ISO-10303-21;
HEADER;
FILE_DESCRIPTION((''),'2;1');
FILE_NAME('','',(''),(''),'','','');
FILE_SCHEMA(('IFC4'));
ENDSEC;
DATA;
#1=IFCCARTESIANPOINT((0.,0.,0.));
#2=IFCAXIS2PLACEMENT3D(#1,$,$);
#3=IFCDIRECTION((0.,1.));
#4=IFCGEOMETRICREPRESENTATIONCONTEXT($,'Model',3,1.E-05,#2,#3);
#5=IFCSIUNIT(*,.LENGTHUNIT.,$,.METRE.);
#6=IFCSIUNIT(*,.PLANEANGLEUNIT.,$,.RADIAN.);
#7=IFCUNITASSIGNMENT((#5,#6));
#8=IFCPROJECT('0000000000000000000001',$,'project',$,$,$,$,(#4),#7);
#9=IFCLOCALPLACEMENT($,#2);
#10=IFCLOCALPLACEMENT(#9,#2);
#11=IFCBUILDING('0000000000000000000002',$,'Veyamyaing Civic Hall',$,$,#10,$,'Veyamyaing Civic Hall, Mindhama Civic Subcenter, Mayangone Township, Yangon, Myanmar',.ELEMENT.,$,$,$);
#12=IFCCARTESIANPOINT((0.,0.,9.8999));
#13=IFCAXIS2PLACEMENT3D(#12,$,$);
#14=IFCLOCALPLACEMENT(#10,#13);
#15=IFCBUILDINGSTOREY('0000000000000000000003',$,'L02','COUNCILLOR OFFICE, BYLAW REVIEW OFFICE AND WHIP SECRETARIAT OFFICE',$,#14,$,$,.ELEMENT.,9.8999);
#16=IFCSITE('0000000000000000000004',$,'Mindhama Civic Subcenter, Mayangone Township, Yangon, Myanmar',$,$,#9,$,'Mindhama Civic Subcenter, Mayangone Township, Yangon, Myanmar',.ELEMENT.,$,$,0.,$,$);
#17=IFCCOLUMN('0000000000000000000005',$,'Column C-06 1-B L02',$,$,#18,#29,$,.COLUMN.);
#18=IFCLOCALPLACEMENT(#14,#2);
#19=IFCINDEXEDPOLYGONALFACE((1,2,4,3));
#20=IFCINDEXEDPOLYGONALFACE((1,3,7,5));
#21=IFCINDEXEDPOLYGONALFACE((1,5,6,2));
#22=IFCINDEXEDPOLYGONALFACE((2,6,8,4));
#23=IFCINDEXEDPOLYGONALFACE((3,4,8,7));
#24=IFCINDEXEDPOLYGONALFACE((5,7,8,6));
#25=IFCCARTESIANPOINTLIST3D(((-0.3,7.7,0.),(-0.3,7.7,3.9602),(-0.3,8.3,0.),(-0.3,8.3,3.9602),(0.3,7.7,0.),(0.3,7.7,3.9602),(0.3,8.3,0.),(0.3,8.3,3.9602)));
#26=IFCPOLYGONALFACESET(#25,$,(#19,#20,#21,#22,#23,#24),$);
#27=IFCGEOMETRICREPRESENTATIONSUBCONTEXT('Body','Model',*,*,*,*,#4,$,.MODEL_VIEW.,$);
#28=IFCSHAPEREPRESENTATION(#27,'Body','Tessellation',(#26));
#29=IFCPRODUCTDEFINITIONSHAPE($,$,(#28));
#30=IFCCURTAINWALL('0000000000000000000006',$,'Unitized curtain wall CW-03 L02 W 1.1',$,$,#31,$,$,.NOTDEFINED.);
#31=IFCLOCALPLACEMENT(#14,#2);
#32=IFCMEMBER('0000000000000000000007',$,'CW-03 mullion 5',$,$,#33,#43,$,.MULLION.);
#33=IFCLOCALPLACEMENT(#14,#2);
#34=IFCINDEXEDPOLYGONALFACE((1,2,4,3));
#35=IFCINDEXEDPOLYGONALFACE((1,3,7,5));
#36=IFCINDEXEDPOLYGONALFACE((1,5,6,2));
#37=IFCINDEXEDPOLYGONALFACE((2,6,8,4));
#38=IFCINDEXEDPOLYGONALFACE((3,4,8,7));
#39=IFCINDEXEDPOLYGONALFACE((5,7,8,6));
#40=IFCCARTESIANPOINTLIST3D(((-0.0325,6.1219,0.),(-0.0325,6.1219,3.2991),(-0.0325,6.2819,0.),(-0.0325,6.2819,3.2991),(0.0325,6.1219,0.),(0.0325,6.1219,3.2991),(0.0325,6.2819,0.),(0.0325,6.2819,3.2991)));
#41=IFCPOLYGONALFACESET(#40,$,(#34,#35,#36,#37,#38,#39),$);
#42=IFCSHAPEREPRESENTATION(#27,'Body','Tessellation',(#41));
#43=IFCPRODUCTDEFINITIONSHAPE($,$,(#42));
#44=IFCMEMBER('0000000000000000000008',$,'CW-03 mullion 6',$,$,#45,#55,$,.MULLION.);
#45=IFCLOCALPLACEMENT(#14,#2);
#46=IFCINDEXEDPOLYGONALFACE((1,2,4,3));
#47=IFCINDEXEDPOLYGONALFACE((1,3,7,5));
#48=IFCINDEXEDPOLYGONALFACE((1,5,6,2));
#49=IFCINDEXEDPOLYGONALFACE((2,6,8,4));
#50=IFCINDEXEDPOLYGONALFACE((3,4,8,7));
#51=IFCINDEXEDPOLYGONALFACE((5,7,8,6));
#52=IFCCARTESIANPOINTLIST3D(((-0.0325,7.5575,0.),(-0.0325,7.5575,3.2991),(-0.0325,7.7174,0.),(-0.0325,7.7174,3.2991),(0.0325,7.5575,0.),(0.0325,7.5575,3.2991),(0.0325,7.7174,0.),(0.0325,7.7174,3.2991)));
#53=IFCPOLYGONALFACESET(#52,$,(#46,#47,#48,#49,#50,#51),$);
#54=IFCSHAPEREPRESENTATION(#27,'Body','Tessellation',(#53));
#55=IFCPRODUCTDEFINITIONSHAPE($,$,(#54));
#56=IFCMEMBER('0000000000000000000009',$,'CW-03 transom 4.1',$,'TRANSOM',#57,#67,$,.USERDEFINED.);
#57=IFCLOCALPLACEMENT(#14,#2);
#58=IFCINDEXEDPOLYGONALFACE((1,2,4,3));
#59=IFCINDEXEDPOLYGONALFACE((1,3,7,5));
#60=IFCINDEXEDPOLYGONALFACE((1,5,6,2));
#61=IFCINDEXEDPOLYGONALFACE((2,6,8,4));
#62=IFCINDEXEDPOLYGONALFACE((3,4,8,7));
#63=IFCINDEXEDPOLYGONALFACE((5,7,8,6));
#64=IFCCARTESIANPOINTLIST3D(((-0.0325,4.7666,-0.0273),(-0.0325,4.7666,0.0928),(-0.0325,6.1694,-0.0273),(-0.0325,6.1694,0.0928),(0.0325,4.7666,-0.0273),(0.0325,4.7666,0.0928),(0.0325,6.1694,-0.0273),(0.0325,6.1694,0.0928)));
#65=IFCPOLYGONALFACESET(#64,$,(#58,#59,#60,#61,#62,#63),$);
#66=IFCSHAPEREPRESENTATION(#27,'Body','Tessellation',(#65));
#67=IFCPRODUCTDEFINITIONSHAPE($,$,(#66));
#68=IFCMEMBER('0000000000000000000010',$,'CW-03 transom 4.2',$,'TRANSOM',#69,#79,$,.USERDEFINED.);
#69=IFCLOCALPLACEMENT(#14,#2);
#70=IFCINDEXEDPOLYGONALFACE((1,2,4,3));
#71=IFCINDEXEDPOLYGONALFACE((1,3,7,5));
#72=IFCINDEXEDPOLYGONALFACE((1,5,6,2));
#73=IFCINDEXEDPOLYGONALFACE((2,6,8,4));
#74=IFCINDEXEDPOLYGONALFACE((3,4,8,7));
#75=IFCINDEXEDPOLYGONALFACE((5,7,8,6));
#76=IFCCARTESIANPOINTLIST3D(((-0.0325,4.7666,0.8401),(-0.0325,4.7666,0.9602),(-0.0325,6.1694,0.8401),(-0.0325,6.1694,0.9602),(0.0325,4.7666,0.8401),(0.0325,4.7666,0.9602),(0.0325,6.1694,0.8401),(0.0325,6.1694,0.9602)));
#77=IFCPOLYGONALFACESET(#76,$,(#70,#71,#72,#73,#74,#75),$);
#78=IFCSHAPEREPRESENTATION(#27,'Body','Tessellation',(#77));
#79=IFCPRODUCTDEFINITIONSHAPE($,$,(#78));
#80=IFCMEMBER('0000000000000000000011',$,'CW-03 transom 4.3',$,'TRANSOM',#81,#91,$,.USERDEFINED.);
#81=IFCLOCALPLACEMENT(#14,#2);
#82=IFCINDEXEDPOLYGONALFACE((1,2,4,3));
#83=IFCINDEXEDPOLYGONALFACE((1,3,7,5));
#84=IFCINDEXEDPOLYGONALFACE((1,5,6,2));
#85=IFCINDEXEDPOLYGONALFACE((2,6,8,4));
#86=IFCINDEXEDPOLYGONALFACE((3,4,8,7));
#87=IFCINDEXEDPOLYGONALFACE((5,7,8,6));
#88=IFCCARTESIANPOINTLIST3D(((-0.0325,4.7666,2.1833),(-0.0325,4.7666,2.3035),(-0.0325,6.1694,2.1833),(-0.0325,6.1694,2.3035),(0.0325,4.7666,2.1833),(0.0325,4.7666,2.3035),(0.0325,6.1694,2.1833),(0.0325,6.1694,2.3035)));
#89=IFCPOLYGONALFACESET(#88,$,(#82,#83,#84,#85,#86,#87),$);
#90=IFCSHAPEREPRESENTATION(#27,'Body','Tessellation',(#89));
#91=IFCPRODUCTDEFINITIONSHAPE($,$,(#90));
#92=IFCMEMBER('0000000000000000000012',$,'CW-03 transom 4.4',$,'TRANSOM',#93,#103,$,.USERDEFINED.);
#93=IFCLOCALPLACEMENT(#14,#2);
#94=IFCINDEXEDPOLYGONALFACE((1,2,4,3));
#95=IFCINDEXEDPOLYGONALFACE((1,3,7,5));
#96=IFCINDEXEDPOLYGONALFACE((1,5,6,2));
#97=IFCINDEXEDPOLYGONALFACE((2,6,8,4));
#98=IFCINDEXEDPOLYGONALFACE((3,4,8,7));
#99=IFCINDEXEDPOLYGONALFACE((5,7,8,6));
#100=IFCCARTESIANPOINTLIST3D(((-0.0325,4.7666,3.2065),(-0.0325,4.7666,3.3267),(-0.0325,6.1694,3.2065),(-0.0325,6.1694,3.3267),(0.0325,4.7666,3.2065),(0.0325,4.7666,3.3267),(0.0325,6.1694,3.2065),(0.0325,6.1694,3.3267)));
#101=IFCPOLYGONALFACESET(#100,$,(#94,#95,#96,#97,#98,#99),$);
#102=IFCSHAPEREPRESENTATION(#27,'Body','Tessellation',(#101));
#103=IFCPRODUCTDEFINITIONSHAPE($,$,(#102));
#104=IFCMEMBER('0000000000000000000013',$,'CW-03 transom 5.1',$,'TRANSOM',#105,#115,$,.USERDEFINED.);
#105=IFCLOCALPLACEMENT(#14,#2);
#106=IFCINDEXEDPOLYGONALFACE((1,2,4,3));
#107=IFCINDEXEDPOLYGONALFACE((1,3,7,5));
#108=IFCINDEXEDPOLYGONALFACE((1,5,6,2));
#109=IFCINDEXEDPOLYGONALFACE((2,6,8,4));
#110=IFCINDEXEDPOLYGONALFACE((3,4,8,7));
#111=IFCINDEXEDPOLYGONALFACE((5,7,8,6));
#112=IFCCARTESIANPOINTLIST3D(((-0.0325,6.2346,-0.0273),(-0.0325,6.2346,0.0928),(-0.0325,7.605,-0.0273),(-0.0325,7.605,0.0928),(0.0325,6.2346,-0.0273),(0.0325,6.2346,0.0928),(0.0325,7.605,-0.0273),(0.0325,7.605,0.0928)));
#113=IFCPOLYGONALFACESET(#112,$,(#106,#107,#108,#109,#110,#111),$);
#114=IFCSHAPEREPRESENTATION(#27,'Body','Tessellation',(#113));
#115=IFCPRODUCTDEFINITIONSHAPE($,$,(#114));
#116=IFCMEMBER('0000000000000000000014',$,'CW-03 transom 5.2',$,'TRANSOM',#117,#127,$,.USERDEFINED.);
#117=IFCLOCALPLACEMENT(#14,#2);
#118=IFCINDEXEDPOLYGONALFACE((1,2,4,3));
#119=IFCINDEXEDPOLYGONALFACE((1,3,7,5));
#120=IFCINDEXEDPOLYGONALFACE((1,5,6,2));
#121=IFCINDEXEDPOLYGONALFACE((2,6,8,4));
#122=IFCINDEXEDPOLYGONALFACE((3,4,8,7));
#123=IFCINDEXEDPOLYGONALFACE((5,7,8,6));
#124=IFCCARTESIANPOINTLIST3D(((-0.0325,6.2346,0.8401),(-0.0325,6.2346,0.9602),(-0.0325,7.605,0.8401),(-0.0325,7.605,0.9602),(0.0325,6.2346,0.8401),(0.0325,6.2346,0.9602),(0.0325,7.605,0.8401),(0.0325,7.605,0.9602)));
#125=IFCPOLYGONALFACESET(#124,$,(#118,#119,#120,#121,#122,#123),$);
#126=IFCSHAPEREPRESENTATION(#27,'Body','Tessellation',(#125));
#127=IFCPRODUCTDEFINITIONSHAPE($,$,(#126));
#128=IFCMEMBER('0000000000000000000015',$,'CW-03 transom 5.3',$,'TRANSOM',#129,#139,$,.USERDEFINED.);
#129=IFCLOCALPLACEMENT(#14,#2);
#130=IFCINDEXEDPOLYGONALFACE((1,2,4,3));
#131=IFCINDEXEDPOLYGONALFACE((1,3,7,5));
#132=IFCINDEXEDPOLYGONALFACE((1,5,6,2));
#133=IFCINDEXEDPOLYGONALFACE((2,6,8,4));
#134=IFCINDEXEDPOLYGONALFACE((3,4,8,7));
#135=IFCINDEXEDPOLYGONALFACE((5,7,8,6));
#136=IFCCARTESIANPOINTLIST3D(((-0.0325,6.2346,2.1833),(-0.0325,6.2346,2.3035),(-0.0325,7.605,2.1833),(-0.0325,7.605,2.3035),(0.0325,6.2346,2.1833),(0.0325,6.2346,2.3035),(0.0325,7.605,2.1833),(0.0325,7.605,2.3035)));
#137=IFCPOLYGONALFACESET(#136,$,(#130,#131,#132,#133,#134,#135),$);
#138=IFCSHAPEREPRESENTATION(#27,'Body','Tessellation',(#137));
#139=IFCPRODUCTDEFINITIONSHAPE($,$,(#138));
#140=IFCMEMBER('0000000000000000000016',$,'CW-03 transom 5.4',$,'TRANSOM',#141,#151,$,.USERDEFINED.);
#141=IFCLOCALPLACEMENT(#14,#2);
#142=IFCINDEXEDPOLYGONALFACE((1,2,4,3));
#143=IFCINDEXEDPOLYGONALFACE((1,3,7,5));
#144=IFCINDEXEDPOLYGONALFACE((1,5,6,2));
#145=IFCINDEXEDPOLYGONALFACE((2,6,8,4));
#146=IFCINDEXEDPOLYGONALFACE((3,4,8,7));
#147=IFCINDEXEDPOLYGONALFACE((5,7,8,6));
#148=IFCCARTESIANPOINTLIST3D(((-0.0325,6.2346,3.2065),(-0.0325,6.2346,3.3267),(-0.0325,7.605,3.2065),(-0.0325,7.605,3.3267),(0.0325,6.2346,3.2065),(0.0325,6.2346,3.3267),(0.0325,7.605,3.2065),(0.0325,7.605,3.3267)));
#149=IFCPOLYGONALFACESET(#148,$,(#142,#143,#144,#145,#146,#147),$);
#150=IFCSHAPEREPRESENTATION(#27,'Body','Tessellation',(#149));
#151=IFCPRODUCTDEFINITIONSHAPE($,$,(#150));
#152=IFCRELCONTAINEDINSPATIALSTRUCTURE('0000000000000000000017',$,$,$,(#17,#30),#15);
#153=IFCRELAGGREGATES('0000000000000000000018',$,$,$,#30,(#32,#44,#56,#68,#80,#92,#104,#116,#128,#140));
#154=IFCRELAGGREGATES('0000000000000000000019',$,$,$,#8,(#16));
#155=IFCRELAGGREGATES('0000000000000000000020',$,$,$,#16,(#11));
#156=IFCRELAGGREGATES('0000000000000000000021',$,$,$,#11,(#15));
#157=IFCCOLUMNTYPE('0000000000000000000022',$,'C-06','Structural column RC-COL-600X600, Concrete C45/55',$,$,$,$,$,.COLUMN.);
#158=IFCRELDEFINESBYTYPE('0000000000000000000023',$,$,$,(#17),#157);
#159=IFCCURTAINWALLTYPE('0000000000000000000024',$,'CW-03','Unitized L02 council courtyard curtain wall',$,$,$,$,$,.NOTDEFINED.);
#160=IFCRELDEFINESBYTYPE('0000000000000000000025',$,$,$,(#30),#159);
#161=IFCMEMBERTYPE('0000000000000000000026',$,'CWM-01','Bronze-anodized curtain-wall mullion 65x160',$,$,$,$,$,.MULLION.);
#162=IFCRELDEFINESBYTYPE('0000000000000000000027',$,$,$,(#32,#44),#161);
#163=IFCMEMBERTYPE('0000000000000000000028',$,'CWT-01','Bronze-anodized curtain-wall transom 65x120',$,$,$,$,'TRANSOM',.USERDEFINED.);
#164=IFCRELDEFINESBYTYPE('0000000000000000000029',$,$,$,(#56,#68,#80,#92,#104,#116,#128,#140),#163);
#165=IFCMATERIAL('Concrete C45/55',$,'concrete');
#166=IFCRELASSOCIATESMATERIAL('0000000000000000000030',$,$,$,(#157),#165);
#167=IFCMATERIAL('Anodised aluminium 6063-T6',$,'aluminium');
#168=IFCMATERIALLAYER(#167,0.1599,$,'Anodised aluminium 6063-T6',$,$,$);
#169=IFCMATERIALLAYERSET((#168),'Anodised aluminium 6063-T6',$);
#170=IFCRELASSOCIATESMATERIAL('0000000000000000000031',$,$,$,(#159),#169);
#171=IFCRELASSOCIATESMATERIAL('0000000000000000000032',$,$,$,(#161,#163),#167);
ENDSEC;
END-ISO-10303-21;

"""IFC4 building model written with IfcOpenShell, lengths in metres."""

from ifc_helpers import new_model, si_unit, direction, frame, origin, origin_2d, place, context, subcontext, project, spatial, rectangle, extrude, material, layer, layer_set, material_profile, profile_set, type_object, element, aggregate, save


model = new_model("IFC4")

# Units and contexts
model_context = context("Model", 3, precision=1e-05, world=origin(), true_north=direction((0.0, 1.0)))
body_context = subcontext(model_context, "Body", "Model", "MODEL_VIEW")
ifc_project = project(units=[si_unit("LENGTHUNIT", "METRE"), si_unit("PLANEANGLEUNIT", "RADIAN")], contexts=[model_context])

# Site, building, storey
site_placement = place(None, origin())
site = spatial("IfcSite", under=ifc_project, at=site_placement, Name="Mindhama Civic Subcenter, Mayangone Township, Yangon, Myanmar", LongName="Mindhama Civic Subcenter, Mayangone Township, Yangon, Myanmar", CompositionType="ELEMENT", RefElevation=0.0)
building_placement = place(site_placement, origin())
building = spatial("IfcBuilding", under=site, at=building_placement, Name="Veyamyaing Civic Hall", LongName="Veyamyaing Civic Hall, Mindhama Civic Subcenter, Mayangone Township, Yangon, Myanmar", CompositionType="ELEMENT")
storey_placement = place(building_placement, frame((0.0, 0.0, 9.8999)))
storey = spatial("IfcBuildingStorey", under=building, at=storey_placement, Name="L02", Description="COUNCILLOR OFFICE, BYLAW REVIEW OFFICE AND WHIP SECRETARIAT OFFICE", CompositionType="ELEMENT", Elevation=9.8999)

# Column
ifc_material_1 = material(Name="Concrete C45/55", Category="concrete")
ifc_material_profile_1 = material_profile(ifc_material_1, rectangle(XDim=0.6001, YDim=0.6001, at=origin_2d()), Name="RC-COL-600X600")
ifc_profile_set_1 = profile_set([ifc_material_profile_1], Name="Concrete C45/55")
column_type = type_object("IfcColumnType", Name="C-06", Description="Structural column RC-COL-600X600, Concrete C45/55", PredefinedType="COLUMN", material=ifc_profile_set_1)
column_placement = place(storey_placement, frame((0.0, 8.0, 0.0), z_axis=(0.0, 0.0, 1.0), x_axis=(1.0, 0.0, 0.0)))
element("IfcColumn", 1, at=column_placement, inside=storey, type_object=column_type, Name="Column C-06 1-B L02", PredefinedType="COLUMN", context=body_context, shape_type="SweptSolid", body=[
    extrude(rectangle(XDim=0.6001, YDim=0.6001, at=origin_2d()), origin(), (0.0, 0.0, 1.0), 3.9602),
])

# Curtain wall, members
ifc_material_2 = material(Name="Anodised aluminium 6063-T6", Category="aluminium")
ifc_layer_1 = layer(ifc_material_2, 0.1599, Name="Anodised aluminium 6063-T6")
ifc_layer_set_1 = layer_set([ifc_layer_1], Name="Anodised aluminium 6063-T6")
curtain_wall_type = type_object("IfcCurtainWallType", Name="CW-03", Description="Unitized L02 council courtyard curtain wall", PredefinedType="NOTDEFINED", material=ifc_layer_set_1)
curtain_wall_placement = place(storey_placement, origin())
curtain_wall = element("IfcCurtainWall", 2, at=curtain_wall_placement, inside=storey, type_object=curtain_wall_type, Name="Unitized curtain wall CW-03 L02 W 1.1", PredefinedType="NOTDEFINED")
ifc_material_profile_2 = material_profile(ifc_material_2, rectangle(XDim=0.0649, YDim=0.1599, at=origin_2d()), Name="ALU-MUL-65X160")
ifc_profile_set_2 = profile_set([ifc_material_profile_2], Name="Anodised aluminium 6063-T6")
member_type_1 = type_object("IfcMemberType", Name="CWM-01", Description="Bronze-anodized curtain-wall mullion 65x160", PredefinedType="MULLION", material=ifc_profile_set_2)
member_1_placement = place(storey_placement, frame((0.0, 6.2019, 0.0), z_axis=(0.0, 0.0, 1.0), x_axis=(-1.0, 0.0, 0.0)))
member_1 = element("IfcMember", 3, at=member_1_placement, type_object=member_type_1, Name="CW-03 mullion 5", PredefinedType="MULLION", context=body_context, shape_type="SweptSolid", body=[
    extrude(rectangle(XDim=0.0649, YDim=0.1599, at=origin_2d()), origin(), (0.0, 0.0, 1.0), 3.2991),
])
member_2_placement = place(storey_placement, frame((0.0, 7.6375, 0.0), z_axis=(0.0, 0.0, 1.0), x_axis=(-1.0, 0.0, 0.0)))
member_2 = element("IfcMember", 4, at=member_2_placement, type_object=member_type_1, Name="CW-03 mullion 6", PredefinedType="MULLION", context=body_context, shape_type="SweptSolid", body=[
    extrude(rectangle(XDim=0.0649, YDim=0.1599, at=origin_2d()), origin(), (0.0, 0.0, 1.0), 3.2991),
])
ifc_material_profile_3 = material_profile(ifc_material_2, rectangle(XDim=0.0649, YDim=0.1201, at=origin_2d()), Name="ALU-TRN-65X120")
ifc_profile_set_3 = profile_set([ifc_material_profile_3], Name="Anodised aluminium 6063-T6")
member_type_2 = type_object("IfcMemberType", Name="CWT-01", Description="Bronze-anodized curtain-wall transom 65x120", ElementType="TRANSOM", PredefinedType="USERDEFINED", material=ifc_profile_set_3)
member_3_placement = place(storey_placement, frame((0.0, 4.7666, 0.0327), z_axis=(0.0, 1.0, 0.0), x_axis=(-1.0, 0.0, 0.0)))
member_3 = element("IfcMember", 5, at=member_3_placement, type_object=member_type_2, Name="CW-03 transom 4.1", ObjectType="TRANSOM", PredefinedType="USERDEFINED", context=body_context, shape_type="SweptSolid", body=[
    extrude(rectangle(XDim=0.0649, YDim=0.1201, at=origin_2d()), origin(), (0.0, 0.0, 1.0), 1.4028),
])
member_4_placement = place(storey_placement, frame((0.0, 4.7666, 0.9001), z_axis=(0.0, 1.0, 0.0), x_axis=(-1.0, 0.0, 0.0)))
member_4 = element("IfcMember", 6, at=member_4_placement, type_object=member_type_2, Name="CW-03 transom 4.2", ObjectType="TRANSOM", PredefinedType="USERDEFINED", context=body_context, shape_type="SweptSolid", body=[
    extrude(rectangle(XDim=0.0649, YDim=0.1201, at=origin_2d()), origin(), (0.0, 0.0, 1.0), 1.4028),
])
member_5_placement = place(storey_placement, frame((0.0, 4.7666, 2.2434), z_axis=(0.0, 1.0, 0.0), x_axis=(-1.0, 0.0, 0.0)))
member_5 = element("IfcMember", 7, at=member_5_placement, type_object=member_type_2, Name="CW-03 transom 4.3", ObjectType="TRANSOM", PredefinedType="USERDEFINED", context=body_context, shape_type="SweptSolid", body=[
    extrude(rectangle(XDim=0.0649, YDim=0.1201, at=origin_2d()), origin(), (0.0, 0.0, 1.0), 1.4028),
])
member_6_placement = place(storey_placement, frame((0.0, 4.7666, 3.2666), z_axis=(0.0, 1.0, 0.0), x_axis=(-1.0, 0.0, 0.0)))
member_6 = element("IfcMember", 8, at=member_6_placement, type_object=member_type_2, Name="CW-03 transom 4.4", ObjectType="TRANSOM", PredefinedType="USERDEFINED", context=body_context, shape_type="SweptSolid", body=[
    extrude(rectangle(XDim=0.0649, YDim=0.1201, at=origin_2d()), origin(), (0.0, 0.0, 1.0), 1.4028),
])
member_7_placement = place(storey_placement, frame((0.0, 6.2346, 0.0327), z_axis=(0.0, 1.0, 0.0), x_axis=(-1.0, 0.0, 0.0)))
member_7 = element("IfcMember", 9, at=member_7_placement, type_object=member_type_2, Name="CW-03 transom 5.1", ObjectType="TRANSOM", PredefinedType="USERDEFINED", context=body_context, shape_type="SweptSolid", body=[
    extrude(rectangle(XDim=0.0649, YDim=0.1201, at=origin_2d()), origin(), (0.0, 0.0, 1.0), 1.3704),
])
member_8_placement = place(storey_placement, frame((0.0, 6.2346, 0.9001), z_axis=(0.0, 1.0, 0.0), x_axis=(-1.0, 0.0, 0.0)))
member_8 = element("IfcMember", 10, at=member_8_placement, type_object=member_type_2, Name="CW-03 transom 5.2", ObjectType="TRANSOM", PredefinedType="USERDEFINED", context=body_context, shape_type="SweptSolid", body=[
    extrude(rectangle(XDim=0.0649, YDim=0.1201, at=origin_2d()), origin(), (0.0, 0.0, 1.0), 1.3704),
])
member_9_placement = place(storey_placement, frame((0.0, 6.2346, 2.2434), z_axis=(0.0, 1.0, 0.0), x_axis=(-1.0, 0.0, 0.0)))
member_9 = element("IfcMember", 11, at=member_9_placement, type_object=member_type_2, Name="CW-03 transom 5.3", ObjectType="TRANSOM", PredefinedType="USERDEFINED", context=body_context, shape_type="SweptSolid", body=[
    extrude(rectangle(XDim=0.0649, YDim=0.1201, at=origin_2d()), origin(), (0.0, 0.0, 1.0), 1.3704),
])
member_10_placement = place(storey_placement, frame((0.0, 6.2346, 3.2666), z_axis=(0.0, 1.0, 0.0), x_axis=(-1.0, 0.0, 0.0)))
member_10 = element("IfcMember", 12, at=member_10_placement, type_object=member_type_2, Name="CW-03 transom 5.4", ObjectType="TRANSOM", PredefinedType="USERDEFINED", context=body_context, shape_type="SweptSolid", body=[
    extrude(rectangle(XDim=0.0649, YDim=0.1201, at=origin_2d()), origin(), (0.0, 0.0, 1.0), 1.3704),
])

aggregate(curtain_wall, [member_1, member_2, member_3, member_4, member_5, member_6, member_7, member_8, member_9, member_10])

save(model, "model.ifc")
